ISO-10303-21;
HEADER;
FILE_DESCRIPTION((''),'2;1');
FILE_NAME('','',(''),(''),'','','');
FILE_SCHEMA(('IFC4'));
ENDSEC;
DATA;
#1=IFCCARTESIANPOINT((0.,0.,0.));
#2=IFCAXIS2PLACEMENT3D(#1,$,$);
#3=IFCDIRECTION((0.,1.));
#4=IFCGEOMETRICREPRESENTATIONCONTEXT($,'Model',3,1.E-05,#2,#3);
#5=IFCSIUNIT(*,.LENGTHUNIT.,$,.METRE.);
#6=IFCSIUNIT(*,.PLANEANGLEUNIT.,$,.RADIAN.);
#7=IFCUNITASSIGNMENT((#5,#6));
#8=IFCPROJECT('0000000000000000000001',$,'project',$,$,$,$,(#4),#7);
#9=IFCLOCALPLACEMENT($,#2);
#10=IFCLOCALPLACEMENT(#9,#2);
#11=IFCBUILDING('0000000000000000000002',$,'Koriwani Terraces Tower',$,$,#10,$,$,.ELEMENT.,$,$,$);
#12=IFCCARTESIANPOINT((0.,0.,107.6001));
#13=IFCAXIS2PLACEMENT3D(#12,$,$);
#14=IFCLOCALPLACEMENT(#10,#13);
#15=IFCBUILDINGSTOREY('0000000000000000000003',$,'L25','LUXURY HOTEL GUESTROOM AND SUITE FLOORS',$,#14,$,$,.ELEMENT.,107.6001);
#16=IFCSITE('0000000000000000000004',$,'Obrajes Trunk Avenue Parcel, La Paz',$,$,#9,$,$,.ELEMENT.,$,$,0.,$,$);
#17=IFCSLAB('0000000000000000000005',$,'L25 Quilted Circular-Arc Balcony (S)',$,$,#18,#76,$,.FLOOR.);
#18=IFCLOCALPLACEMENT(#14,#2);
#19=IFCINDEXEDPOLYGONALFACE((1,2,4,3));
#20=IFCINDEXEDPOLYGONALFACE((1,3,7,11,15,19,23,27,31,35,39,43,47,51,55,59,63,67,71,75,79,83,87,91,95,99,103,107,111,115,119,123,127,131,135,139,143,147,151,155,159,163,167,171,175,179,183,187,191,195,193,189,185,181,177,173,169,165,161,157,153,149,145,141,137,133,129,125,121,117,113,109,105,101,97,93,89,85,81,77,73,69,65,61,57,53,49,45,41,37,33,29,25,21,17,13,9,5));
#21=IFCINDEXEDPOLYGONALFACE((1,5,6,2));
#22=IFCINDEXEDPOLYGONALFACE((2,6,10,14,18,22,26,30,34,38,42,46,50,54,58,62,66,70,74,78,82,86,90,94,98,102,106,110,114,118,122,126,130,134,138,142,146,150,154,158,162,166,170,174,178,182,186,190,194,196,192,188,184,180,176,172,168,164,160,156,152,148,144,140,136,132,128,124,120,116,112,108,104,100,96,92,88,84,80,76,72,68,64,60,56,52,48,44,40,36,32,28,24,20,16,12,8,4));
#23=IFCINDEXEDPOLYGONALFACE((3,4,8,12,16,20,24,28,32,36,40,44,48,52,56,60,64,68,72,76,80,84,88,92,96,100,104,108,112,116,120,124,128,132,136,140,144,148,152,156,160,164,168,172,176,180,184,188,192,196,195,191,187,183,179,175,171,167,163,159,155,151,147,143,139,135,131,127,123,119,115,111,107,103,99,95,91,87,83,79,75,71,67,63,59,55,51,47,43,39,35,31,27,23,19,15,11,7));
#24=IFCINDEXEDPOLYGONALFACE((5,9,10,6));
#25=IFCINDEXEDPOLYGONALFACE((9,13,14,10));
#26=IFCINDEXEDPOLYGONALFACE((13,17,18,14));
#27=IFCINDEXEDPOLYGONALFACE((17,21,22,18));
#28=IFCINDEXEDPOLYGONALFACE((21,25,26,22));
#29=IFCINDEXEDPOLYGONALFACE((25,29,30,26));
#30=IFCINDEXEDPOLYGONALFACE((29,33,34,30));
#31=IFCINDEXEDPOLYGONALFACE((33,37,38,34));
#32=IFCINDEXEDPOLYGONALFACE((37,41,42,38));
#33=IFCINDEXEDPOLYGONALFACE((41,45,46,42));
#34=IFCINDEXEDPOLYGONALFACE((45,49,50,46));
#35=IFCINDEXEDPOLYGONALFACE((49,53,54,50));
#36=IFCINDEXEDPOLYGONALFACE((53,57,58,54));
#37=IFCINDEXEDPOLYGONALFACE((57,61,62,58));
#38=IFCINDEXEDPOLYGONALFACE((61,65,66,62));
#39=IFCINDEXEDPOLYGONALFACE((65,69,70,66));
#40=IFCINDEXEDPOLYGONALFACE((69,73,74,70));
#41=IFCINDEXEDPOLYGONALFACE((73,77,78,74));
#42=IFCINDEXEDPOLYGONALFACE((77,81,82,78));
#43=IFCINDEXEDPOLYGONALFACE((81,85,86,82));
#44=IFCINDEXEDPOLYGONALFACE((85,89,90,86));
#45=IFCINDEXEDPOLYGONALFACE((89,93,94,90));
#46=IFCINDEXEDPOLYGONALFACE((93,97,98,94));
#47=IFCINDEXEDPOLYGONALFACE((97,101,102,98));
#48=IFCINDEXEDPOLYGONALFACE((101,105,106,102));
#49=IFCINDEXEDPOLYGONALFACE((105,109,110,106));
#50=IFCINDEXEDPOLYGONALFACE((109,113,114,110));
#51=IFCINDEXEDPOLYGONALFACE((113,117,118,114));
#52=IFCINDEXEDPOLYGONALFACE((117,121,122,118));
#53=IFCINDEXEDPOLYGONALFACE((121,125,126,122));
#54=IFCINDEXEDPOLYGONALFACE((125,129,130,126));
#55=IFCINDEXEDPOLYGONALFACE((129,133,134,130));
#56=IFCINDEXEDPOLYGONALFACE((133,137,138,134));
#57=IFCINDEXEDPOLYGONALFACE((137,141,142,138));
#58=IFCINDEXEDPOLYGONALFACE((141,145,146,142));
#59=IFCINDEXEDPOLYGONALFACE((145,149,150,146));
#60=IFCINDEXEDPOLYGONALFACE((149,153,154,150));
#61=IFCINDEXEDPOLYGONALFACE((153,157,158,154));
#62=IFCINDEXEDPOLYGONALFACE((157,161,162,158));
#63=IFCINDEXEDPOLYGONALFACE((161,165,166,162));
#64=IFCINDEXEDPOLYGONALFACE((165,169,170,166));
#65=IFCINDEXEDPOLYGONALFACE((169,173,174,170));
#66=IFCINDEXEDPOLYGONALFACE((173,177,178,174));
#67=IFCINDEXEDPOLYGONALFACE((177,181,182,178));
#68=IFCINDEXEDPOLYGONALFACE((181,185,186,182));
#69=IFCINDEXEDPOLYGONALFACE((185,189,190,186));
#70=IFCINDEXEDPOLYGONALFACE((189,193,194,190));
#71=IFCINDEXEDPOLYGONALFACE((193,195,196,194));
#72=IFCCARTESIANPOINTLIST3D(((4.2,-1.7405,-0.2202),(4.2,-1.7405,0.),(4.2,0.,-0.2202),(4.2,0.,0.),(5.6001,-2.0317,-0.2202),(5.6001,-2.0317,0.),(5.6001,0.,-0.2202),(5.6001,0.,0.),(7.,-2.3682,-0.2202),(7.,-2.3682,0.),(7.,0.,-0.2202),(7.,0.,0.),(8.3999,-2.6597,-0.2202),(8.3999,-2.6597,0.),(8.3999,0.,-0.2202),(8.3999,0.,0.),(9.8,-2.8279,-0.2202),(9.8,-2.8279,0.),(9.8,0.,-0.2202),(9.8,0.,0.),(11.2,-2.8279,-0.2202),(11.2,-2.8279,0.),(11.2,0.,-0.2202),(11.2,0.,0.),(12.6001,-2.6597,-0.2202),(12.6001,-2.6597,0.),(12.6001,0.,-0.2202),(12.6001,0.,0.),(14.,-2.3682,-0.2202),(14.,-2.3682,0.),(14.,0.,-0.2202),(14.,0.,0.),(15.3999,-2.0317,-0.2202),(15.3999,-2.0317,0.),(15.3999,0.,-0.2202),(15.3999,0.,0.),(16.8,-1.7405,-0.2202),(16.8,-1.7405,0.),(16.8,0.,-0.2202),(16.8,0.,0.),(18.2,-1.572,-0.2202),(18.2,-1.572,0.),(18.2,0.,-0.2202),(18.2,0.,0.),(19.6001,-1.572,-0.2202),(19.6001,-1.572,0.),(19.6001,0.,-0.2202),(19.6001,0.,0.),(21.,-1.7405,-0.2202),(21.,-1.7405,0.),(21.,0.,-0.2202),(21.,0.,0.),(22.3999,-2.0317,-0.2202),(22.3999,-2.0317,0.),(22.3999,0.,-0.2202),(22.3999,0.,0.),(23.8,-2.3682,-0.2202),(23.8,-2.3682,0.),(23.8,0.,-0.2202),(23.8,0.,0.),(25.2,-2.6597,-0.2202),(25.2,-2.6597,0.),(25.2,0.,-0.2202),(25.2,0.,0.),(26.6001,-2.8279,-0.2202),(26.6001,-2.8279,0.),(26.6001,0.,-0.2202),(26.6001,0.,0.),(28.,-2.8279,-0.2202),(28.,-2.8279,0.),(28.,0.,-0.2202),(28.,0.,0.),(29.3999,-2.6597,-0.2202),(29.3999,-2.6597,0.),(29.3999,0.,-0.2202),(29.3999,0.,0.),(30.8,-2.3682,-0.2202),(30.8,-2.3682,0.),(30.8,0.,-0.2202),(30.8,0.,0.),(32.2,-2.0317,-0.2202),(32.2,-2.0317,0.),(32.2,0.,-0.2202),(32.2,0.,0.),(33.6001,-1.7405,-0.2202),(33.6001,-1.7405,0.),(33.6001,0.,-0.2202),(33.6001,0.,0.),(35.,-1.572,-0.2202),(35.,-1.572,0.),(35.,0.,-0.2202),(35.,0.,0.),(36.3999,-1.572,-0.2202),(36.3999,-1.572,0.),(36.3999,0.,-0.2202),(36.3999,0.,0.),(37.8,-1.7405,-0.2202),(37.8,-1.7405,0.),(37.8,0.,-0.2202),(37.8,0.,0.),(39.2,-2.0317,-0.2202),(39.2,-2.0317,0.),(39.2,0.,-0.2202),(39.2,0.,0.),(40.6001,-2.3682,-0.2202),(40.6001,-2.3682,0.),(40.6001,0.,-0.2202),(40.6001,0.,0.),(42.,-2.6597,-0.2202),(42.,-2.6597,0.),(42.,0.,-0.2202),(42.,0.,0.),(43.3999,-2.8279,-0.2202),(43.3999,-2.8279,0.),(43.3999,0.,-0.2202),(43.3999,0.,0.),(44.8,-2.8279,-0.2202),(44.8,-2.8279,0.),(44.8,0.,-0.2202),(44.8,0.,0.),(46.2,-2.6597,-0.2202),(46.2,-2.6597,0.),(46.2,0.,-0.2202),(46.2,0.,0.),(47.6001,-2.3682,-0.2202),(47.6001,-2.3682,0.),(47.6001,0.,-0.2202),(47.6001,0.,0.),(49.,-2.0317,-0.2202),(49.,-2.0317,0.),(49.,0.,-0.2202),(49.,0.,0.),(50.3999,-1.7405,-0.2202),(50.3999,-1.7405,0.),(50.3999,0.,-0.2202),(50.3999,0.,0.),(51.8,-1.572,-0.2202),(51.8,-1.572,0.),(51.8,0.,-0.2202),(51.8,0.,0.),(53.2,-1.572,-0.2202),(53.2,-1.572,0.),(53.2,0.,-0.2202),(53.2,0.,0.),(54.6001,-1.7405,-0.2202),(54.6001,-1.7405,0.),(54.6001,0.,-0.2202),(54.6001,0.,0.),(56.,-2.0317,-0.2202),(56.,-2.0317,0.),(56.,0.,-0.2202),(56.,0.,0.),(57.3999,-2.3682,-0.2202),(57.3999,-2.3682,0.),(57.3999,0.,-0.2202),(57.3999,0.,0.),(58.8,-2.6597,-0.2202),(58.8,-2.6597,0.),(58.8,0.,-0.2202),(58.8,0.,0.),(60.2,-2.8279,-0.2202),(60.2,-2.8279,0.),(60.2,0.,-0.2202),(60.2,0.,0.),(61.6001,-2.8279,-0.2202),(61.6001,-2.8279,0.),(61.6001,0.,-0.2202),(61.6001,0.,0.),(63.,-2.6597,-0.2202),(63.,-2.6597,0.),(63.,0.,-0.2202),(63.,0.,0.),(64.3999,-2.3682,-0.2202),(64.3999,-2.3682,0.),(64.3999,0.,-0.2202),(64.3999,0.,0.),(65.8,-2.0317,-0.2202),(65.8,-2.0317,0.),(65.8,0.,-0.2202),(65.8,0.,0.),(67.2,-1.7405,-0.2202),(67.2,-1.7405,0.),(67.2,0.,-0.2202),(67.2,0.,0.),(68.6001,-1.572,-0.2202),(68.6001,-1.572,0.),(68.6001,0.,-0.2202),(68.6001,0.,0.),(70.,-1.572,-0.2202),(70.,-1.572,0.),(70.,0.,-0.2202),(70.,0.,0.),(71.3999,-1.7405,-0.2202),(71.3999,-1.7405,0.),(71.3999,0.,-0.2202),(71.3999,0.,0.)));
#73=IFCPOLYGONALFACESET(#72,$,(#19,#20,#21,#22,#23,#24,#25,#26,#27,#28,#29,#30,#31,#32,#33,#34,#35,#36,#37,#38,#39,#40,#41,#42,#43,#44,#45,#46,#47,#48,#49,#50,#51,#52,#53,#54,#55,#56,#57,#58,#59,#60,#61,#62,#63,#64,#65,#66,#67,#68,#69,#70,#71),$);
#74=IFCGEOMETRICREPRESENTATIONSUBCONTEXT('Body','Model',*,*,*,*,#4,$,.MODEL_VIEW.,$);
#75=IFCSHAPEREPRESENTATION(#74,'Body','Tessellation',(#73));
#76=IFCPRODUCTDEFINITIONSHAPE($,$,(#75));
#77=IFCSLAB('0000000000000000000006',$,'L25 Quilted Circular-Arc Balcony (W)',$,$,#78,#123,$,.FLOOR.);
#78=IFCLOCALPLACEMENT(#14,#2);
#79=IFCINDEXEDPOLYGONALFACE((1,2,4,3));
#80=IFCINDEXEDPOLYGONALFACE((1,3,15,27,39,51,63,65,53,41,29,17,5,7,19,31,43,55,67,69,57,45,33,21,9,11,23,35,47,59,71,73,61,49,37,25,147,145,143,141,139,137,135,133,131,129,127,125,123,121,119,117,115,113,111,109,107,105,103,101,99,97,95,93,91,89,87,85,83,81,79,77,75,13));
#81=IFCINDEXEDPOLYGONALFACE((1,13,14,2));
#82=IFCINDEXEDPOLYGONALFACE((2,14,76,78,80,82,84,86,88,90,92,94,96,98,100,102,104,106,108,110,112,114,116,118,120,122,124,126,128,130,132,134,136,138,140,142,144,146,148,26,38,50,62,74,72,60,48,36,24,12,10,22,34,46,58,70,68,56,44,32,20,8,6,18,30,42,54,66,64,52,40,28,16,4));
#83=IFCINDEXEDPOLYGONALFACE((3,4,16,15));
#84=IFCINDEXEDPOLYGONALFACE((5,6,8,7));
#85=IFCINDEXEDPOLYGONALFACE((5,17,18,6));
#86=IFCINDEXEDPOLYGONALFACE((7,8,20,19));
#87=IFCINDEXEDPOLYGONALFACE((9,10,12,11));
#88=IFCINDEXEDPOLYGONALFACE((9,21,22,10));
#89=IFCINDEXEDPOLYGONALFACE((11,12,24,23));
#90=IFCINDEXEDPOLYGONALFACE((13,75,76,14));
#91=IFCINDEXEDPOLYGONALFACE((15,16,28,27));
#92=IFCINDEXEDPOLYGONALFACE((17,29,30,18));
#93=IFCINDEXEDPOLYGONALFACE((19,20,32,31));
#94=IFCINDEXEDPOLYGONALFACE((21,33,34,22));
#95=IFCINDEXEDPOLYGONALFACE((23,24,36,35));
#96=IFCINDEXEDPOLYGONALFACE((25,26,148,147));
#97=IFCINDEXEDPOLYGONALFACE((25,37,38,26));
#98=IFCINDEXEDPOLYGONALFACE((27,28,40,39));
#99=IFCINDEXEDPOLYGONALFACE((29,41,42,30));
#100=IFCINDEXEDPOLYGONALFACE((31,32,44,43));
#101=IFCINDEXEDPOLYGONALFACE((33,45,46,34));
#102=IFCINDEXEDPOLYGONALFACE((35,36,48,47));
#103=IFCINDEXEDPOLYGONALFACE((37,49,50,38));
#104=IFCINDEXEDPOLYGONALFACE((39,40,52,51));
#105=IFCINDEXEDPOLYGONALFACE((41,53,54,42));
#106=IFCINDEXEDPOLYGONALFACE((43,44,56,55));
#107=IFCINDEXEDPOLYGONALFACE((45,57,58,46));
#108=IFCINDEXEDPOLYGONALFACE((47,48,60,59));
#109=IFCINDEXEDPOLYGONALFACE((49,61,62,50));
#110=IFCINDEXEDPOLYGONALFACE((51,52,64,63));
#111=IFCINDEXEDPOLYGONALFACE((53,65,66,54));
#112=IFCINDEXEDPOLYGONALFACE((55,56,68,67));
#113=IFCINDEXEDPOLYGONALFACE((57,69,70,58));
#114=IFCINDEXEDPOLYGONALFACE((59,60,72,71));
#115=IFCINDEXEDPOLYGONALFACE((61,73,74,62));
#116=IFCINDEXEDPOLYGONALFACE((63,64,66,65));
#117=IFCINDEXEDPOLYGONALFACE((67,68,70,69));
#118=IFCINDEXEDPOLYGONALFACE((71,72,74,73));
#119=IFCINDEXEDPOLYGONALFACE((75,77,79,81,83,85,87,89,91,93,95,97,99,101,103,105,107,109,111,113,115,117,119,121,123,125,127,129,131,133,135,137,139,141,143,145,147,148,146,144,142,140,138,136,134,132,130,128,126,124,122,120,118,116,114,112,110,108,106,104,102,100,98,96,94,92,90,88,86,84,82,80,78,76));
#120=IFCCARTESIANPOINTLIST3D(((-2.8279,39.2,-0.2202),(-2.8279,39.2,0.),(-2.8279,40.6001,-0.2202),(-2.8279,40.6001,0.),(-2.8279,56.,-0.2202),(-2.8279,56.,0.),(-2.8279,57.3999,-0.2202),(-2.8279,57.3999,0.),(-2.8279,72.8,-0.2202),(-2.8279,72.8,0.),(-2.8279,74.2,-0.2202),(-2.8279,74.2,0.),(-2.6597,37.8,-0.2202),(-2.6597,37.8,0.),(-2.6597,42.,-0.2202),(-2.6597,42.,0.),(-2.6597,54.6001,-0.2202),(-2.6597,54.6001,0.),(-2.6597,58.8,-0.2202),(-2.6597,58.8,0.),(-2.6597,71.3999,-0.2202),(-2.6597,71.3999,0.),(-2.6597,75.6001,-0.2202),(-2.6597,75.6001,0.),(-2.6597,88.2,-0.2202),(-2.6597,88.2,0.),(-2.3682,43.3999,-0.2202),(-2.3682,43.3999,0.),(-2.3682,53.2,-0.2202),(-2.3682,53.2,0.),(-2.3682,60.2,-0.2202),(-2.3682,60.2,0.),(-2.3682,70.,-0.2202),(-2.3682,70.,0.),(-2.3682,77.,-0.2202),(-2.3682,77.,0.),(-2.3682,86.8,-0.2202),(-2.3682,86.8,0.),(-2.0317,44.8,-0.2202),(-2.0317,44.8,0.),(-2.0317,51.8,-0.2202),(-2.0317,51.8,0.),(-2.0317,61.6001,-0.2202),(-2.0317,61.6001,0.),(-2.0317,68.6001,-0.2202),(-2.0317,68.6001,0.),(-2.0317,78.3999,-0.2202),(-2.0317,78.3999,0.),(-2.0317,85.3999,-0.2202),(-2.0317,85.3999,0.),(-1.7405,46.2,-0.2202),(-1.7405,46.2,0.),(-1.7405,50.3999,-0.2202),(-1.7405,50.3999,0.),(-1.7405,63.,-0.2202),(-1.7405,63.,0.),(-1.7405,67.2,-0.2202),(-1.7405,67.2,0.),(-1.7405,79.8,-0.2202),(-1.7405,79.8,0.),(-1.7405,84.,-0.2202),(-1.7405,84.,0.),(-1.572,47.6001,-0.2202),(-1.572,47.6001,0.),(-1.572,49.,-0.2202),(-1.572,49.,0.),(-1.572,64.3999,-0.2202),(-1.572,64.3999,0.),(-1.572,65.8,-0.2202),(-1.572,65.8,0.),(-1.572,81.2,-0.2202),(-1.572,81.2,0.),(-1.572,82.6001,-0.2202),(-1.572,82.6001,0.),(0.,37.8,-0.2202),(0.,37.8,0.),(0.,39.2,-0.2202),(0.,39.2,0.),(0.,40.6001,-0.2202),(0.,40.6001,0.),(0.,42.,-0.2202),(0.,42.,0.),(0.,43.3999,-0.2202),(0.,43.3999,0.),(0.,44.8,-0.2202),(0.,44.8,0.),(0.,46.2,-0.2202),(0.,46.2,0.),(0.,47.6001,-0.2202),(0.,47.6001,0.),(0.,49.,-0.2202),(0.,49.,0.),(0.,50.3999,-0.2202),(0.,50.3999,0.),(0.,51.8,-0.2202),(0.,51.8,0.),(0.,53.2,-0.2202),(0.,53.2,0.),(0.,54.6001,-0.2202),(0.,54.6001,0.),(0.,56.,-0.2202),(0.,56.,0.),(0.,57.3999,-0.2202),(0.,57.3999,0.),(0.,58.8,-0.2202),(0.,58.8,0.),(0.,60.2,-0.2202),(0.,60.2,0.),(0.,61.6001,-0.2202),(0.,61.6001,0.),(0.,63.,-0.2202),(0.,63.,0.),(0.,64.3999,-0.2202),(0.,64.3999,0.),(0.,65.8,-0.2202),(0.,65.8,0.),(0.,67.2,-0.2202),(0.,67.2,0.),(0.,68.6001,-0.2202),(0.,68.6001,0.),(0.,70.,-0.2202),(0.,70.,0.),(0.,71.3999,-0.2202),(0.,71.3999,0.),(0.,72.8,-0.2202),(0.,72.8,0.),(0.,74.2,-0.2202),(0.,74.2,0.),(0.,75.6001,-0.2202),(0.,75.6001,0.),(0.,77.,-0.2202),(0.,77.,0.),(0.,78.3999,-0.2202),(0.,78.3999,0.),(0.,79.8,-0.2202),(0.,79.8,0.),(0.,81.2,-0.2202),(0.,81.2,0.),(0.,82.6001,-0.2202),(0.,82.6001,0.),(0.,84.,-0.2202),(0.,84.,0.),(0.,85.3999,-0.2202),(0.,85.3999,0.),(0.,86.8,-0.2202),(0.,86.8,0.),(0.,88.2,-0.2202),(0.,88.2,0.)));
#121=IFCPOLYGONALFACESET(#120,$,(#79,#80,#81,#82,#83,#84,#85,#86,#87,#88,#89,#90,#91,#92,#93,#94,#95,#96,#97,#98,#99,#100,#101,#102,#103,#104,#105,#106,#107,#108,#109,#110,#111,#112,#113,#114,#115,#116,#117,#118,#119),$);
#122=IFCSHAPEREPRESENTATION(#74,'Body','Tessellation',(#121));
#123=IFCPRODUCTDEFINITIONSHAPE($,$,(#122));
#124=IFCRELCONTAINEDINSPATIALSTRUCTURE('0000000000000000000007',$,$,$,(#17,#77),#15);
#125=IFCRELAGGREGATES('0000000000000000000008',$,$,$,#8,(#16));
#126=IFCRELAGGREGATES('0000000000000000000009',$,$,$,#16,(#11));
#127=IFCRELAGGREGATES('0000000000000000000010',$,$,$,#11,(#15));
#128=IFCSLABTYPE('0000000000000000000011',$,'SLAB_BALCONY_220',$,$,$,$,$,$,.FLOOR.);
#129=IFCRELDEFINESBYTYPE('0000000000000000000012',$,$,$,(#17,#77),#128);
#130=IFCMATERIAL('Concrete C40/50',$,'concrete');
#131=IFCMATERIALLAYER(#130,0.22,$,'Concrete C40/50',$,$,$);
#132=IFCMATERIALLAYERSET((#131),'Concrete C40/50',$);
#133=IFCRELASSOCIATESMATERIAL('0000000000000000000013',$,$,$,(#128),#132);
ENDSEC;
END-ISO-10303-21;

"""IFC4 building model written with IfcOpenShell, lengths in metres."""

from ifc_helpers import new_model, si_unit, direction, frame, origin, place, context, subcontext, project, spatial, polyline, outline, extrude, material, layer, layer_set, type_object, element, save


model = new_model("IFC4")

# Units and contexts
model_context = context("Model", 3, precision=1e-05, world=origin(), true_north=direction((0.0, 1.0)))
body_context = subcontext(model_context, "Body", "Model", "MODEL_VIEW")
ifc_project = project(units=[si_unit("LENGTHUNIT", "METRE"), si_unit("PLANEANGLEUNIT", "RADIAN")], contexts=[model_context])

# Site, building, storey
site_placement = place(None, origin())
site = spatial("IfcSite", under=ifc_project, at=site_placement, Name="Obrajes Trunk Avenue Parcel, La Paz", CompositionType="ELEMENT", RefElevation=0.0)
building_placement = place(site_placement, origin())
building = spatial("IfcBuilding", under=site, at=building_placement, Name="Koriwani Terraces Tower", CompositionType="ELEMENT")
storey_placement = place(building_placement, frame((0.0, 0.0, 107.6001)))
storey = spatial("IfcBuildingStorey", under=building, at=storey_placement, Name="L25", Description="LUXURY HOTEL GUESTROOM AND SUITE FLOORS", CompositionType="ELEMENT", Elevation=107.6001)

# Shared definitions
ifc_material_1 = material(Name="Concrete C40/50", Category="concrete")

# Slabs
ifc_layer_1 = layer(ifc_material_1, 0.22, Name="Concrete C40/50")
ifc_layer_set_1 = layer_set([ifc_layer_1], Name="Concrete C40/50")
slab_type_1 = type_object("IfcSlabType", Name="SLAB_BALCONY_220", PredefinedType="FLOOR", material=ifc_layer_set_1)
slab_1_placement = place(storey_placement, frame((0.0, 0.0, -0.2202)))
element("IfcSlab", 1, at=slab_1_placement, inside=storey, type_object=slab_type_1, Name="L25 Quilted Circular-Arc Balcony (S)", PredefinedType="FLOOR", context=body_context, shape_type="SweptSolid", body=[
    extrude(outline(polyline([(4.2, 0.0), (5.6001, 0.0), (7.0, 0.0), (8.3999, 0.0), (9.8, 0.0), (11.2, 0.0), (12.6001, 0.0), (14.0, 0.0), (15.3999, 0.0), (16.8, 0.0), (18.2, 0.0), (19.6001, 0.0), (21.0, 0.0), (22.3999, 0.0), (23.8, 0.0), (25.2, 0.0), (26.6001, 0.0), (28.0, 0.0), (29.3999, 0.0), (30.8, 0.0), (32.2, 0.0), (33.6001, 0.0), (35.0, 0.0), (36.3999, 0.0), (37.8, 0.0), (39.2, 0.0), (40.6001, 0.0), (42.0, 0.0), (43.3999, 0.0), (44.8, 0.0), (46.2, 0.0), (47.6001, 0.0), (49.0, 0.0), (50.3999, 0.0), (51.8, 0.0), (53.2, 0.0), (54.6001, 0.0), (56.0, 0.0), (57.3999, 0.0), (58.8, 0.0), (60.2, 0.0), (61.6001, 0.0), (63.0, 0.0), (64.3999, 0.0), (65.8, 0.0), (67.2, 0.0), (68.6001, 0.0), (70.0, 0.0), (71.3999, 0.0), (71.3999, -1.7405), (70.0, -1.572), (68.6001, -1.572), (67.2, -1.7405), (65.8, -2.0317), (64.3999, -2.3682), (63.0, -2.6597), (61.6001, -2.8279), (60.2, -2.8279), (58.8, -2.6597), (57.3999, -2.3682), (56.0, -2.0317), (54.6001, -1.7405), (53.2, -1.572), (51.8, -1.572), (50.3999, -1.7405), (49.0, -2.0317), (47.6001, -2.3682), (46.2, -2.6597), (44.8, -2.8279), (43.3999, -2.8279), (42.0, -2.6597), (40.6001, -2.3682), (39.2, -2.0317), (37.8, -1.7405), (36.3999, -1.572), (35.0, -1.572), (33.6001, -1.7405), (32.2, -2.0317), (30.8, -2.3682), (29.3999, -2.6597), (28.0, -2.8279), (26.6001, -2.8279), (25.2, -2.6597), (23.8, -2.3682), (22.3999, -2.0317), (21.0, -1.7405), (19.6001, -1.572), (18.2, -1.572), (16.8, -1.7405), (15.3999, -2.0317), (14.0, -2.3682), (12.6001, -2.6597), (11.2, -2.8279), (9.8, -2.8279), (8.3999, -2.6597), (7.0, -2.3682), (5.6001, -2.0317), (4.2, -1.7405), (4.2, 0.0)])), origin(), (0.0, 0.0, 1.0), 0.2202),
])
slab_2_placement = place(storey_placement, frame((0.0, 0.0, -0.2202)))
element("IfcSlab", 2, at=slab_2_placement, inside=storey, type_object=slab_type_1, Name="L25 Quilted Circular-Arc Balcony (W)", PredefinedType="FLOOR", context=body_context, shape_type="SweptSolid", body=[
    extrude(outline(polyline([(0.0, 37.8), (0.0, 39.2), (0.0, 40.6001), (0.0, 42.0), (0.0, 43.3999), (0.0, 44.8), (0.0, 46.2), (0.0, 47.6001), (0.0, 49.0), (0.0, 50.3999), (0.0, 51.8), (0.0, 53.2), (0.0, 54.6001), (0.0, 56.0), (0.0, 57.3999), (0.0, 58.8), (0.0, 60.2), (0.0, 61.6001), (0.0, 63.0), (0.0, 64.3999), (0.0, 65.8), (0.0, 67.2), (0.0, 68.6001), (0.0, 70.0), (0.0, 71.3999), (0.0, 72.8), (0.0, 74.2), (0.0, 75.6001), (0.0, 77.0), (0.0, 78.3999), (0.0, 79.8), (0.0, 81.2), (0.0, 82.6001), (0.0, 84.0), (0.0, 85.3999), (0.0, 86.8), (0.0, 88.2), (-2.6597, 88.2), (-2.3682, 86.8), (-2.0317, 85.3999), (-1.7405, 84.0), (-1.572, 82.6001), (-1.572, 81.2), (-1.7405, 79.8), (-2.0317, 78.3999), (-2.3682, 77.0), (-2.6597, 75.6001), (-2.8279, 74.2), (-2.8279, 72.8), (-2.6597, 71.3999), (-2.3682, 70.0), (-2.0317, 68.6001), (-1.7405, 67.2), (-1.572, 65.8), (-1.572, 64.3999), (-1.7405, 63.0), (-2.0317, 61.6001), (-2.3682, 60.2), (-2.6597, 58.8), (-2.8279, 57.3999), (-2.8279, 56.0), (-2.6597, 54.6001), (-2.3682, 53.2), (-2.0317, 51.8), (-1.7405, 50.3999), (-1.572, 49.0), (-1.572, 47.6001), (-1.7405, 46.2), (-2.0317, 44.8), (-2.3682, 43.3999), (-2.6597, 42.0), (-2.8279, 40.6001), (-2.8279, 39.2), (-2.6597, 37.8), (0.0, 37.8)])), origin(), (0.0, 0.0, 1.0), 0.2202),
])

save(model, "model.ifc")
